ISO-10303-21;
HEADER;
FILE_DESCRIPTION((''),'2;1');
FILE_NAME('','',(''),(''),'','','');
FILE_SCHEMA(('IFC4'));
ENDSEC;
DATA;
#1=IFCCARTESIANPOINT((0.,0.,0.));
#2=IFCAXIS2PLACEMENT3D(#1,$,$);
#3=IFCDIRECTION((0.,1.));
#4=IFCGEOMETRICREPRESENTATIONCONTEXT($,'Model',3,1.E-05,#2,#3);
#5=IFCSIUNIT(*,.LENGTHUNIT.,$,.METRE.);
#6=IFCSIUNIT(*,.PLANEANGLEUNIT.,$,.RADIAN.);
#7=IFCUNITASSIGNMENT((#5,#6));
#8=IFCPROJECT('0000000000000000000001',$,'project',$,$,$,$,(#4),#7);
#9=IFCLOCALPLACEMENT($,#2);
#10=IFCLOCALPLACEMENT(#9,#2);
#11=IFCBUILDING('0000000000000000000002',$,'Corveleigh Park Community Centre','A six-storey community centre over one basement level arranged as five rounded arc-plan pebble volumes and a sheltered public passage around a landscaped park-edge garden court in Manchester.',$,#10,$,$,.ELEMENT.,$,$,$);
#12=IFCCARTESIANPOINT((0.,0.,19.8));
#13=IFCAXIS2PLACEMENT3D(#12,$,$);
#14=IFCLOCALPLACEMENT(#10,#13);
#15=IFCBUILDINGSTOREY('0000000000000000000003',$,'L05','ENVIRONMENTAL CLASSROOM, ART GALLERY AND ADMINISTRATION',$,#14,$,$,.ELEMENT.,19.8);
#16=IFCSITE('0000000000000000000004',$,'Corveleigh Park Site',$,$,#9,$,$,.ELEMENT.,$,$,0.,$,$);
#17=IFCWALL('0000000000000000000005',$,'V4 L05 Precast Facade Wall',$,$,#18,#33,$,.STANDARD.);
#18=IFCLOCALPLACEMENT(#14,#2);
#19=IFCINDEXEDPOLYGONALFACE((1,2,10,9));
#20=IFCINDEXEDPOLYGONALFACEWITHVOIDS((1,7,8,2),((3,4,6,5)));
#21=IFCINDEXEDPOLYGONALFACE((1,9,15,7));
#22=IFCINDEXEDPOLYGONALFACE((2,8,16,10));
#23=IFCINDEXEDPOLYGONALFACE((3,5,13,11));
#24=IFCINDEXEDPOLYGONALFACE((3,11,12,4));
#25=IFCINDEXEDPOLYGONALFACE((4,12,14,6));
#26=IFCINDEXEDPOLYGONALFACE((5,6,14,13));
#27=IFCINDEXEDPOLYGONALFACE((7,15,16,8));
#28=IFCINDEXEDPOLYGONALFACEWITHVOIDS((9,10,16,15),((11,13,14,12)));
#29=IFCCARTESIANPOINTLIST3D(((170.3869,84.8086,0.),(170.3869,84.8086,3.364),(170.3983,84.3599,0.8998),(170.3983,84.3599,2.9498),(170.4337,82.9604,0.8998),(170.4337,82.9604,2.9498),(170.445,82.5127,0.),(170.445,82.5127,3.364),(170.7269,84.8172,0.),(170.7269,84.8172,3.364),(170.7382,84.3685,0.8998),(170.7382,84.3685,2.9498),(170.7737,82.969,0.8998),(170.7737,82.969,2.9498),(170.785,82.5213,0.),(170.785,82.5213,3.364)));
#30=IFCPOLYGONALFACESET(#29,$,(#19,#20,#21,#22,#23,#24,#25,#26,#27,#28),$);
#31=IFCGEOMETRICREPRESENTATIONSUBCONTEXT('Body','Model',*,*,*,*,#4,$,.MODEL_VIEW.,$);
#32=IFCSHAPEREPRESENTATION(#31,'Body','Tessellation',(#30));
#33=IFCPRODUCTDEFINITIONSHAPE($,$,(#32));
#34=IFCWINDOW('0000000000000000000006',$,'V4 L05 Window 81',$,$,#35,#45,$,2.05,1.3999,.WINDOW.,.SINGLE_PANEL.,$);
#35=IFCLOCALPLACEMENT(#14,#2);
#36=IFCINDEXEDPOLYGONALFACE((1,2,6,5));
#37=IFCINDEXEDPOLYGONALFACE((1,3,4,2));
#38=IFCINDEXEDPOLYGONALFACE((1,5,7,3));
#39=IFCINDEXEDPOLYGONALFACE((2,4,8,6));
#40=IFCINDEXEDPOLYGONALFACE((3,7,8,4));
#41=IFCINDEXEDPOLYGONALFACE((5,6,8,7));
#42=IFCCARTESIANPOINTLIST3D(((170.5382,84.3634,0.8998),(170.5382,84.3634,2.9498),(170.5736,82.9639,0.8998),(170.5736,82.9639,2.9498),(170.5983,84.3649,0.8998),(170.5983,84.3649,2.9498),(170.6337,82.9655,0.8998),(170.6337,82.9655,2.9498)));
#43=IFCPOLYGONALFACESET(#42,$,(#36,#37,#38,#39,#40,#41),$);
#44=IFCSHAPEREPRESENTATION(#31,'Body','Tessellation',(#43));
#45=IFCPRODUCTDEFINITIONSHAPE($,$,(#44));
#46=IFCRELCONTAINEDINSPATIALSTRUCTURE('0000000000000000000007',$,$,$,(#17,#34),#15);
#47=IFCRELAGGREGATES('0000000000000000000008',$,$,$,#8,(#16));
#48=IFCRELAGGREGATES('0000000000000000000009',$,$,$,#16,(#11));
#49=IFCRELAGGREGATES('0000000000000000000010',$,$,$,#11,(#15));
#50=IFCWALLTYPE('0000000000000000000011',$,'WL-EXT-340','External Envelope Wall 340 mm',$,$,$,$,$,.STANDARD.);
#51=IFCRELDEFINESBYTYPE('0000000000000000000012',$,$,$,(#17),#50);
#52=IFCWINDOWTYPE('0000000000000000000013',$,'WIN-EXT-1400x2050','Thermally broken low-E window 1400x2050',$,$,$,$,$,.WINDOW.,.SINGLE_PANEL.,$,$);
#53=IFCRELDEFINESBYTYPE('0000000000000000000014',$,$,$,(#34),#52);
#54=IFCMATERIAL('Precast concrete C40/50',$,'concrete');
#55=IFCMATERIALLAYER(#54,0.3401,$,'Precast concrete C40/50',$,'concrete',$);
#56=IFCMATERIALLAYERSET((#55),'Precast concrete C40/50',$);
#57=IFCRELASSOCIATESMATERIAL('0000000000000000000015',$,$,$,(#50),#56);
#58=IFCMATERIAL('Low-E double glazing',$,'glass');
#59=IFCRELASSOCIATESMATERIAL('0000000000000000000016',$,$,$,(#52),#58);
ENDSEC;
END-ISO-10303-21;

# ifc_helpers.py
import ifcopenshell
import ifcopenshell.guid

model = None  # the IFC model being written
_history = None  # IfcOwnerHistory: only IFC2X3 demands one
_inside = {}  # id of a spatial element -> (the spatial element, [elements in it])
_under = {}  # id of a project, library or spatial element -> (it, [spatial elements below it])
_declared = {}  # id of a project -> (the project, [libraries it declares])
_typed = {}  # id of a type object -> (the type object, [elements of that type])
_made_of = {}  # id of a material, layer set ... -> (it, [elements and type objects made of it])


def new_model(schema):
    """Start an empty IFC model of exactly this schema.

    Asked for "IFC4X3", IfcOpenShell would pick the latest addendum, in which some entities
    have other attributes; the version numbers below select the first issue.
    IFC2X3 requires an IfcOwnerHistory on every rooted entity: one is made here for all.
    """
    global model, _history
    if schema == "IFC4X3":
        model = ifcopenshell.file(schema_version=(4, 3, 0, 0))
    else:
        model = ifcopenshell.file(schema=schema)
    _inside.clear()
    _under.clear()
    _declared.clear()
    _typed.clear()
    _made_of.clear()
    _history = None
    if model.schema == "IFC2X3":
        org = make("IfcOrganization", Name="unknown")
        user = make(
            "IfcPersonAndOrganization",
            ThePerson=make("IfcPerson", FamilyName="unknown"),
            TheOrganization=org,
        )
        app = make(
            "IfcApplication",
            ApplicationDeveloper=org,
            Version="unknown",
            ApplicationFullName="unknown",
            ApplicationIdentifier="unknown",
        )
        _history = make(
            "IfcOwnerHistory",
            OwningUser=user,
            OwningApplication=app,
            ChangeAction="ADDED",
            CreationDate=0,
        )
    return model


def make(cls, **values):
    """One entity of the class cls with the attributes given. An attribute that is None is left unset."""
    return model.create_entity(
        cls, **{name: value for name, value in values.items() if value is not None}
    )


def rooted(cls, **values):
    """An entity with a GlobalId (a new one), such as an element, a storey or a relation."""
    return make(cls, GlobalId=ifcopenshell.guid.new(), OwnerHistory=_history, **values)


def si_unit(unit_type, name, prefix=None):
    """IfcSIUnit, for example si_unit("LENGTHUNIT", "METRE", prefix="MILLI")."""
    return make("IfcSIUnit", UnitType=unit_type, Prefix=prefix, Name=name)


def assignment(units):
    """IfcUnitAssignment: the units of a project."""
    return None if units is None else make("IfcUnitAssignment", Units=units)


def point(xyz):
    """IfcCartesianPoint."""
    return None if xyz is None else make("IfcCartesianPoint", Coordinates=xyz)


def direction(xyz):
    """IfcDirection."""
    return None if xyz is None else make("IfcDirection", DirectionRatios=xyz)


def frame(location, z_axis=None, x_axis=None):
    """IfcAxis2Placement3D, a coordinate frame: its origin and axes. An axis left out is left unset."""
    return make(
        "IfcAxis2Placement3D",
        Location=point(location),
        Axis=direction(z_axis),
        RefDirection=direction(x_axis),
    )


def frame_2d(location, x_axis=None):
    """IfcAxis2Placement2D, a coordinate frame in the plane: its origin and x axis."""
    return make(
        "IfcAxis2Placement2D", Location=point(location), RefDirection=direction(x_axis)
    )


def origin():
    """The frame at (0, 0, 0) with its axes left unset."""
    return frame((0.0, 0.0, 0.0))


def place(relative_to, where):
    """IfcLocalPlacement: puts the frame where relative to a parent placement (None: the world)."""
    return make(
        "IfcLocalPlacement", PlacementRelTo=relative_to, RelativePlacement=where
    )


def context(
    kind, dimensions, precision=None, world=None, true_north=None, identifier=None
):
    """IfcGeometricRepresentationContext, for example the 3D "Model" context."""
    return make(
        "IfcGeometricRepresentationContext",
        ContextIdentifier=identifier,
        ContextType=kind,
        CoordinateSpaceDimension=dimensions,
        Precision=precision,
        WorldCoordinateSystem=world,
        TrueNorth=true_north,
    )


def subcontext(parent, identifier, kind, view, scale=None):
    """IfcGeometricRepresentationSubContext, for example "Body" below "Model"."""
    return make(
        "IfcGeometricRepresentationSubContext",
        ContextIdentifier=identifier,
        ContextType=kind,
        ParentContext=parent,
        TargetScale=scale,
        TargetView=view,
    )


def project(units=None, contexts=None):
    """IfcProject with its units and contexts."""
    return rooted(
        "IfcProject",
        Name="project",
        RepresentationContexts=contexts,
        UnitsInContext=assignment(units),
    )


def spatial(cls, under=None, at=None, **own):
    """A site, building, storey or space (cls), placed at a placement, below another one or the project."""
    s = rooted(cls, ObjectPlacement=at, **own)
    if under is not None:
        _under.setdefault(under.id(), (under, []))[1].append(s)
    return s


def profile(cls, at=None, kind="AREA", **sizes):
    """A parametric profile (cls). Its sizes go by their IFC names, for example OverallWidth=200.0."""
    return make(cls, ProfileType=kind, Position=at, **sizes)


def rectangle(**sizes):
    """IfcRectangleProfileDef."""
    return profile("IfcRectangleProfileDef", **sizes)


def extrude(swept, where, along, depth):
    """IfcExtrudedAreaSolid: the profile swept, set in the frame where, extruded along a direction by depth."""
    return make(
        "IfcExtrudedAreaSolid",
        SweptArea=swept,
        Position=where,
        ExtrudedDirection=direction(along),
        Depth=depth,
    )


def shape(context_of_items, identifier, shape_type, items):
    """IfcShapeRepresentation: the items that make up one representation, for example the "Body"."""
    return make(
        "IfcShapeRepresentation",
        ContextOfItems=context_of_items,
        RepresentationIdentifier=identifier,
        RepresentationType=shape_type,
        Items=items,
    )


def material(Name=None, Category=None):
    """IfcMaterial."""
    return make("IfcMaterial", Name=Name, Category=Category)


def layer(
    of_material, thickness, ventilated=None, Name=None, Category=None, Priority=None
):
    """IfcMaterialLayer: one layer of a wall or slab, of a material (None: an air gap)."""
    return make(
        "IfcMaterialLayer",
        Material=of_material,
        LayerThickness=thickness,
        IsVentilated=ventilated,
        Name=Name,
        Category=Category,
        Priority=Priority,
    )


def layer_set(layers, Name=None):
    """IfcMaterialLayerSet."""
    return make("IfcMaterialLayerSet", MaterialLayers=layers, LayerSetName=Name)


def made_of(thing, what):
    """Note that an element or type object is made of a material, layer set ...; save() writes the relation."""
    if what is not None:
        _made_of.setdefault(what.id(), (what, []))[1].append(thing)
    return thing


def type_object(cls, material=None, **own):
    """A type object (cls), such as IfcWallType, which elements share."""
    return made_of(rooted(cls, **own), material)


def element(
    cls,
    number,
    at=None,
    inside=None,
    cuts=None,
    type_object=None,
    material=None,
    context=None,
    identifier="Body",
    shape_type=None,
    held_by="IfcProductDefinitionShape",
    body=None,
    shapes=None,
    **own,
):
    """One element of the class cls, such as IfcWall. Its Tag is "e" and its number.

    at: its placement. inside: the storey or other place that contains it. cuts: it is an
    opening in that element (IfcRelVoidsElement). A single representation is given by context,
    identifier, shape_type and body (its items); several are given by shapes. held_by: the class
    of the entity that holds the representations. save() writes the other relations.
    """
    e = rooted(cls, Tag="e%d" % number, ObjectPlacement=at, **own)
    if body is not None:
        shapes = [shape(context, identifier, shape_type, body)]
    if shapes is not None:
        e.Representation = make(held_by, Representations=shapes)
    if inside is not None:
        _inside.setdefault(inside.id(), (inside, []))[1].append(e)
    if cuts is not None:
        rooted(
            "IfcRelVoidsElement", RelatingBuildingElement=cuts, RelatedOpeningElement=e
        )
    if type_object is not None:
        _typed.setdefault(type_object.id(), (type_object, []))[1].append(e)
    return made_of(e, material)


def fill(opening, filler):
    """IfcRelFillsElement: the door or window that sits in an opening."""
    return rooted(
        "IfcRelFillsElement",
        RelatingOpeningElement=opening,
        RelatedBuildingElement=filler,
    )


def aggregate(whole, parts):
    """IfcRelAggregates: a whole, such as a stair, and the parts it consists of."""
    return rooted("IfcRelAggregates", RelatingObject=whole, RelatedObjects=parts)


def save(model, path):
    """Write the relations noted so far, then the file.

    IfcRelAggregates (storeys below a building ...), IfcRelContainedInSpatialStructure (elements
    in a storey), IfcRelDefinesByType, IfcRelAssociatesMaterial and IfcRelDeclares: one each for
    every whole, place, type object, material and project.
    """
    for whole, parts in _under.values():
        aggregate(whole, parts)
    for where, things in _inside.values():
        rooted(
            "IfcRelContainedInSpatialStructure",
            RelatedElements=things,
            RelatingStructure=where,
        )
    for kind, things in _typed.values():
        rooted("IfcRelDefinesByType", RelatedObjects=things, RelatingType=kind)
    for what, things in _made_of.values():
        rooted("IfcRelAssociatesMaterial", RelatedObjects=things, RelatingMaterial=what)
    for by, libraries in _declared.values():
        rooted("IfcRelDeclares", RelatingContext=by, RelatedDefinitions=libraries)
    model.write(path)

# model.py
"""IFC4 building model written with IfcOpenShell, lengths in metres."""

from ifc_helpers import new_model, si_unit, direction, frame, frame_2d, origin, place, context, subcontext, project, spatial, rectangle, extrude, material, layer, layer_set, type_object, element, fill, save


model = new_model("IFC4")

# Units and contexts
model_context = context("Model", 3, precision=1e-05, world=origin(), true_north=direction((0.0, 1.0)))
body_context = subcontext(model_context, "Body", "Model", "MODEL_VIEW")
ifc_project = project(units=[si_unit("LENGTHUNIT", "METRE"), si_unit("PLANEANGLEUNIT", "RADIAN")], contexts=[model_context])

# Site, building, storey
site_placement = place(None, origin())
site = spatial("IfcSite", under=ifc_project, at=site_placement, Name="Corveleigh Park Site", CompositionType="ELEMENT", RefElevation=0.0)
building_placement = place(site_placement, origin())
building = spatial("IfcBuilding", under=site, at=building_placement, Name="Corveleigh Park Community Centre", Description="A six-storey community centre over one basement level arranged as five rounded arc-plan pebble volumes and a sheltered public passage around a landscaped park-edge garden court in Manchester.", CompositionType="ELEMENT")
storey_placement = place(building_placement, frame((0.0, 0.0, 19.8)))
storey = spatial("IfcBuildingStorey", under=building, at=storey_placement, Name="L05", Description="ENVIRONMENTAL CLASSROOM, ART GALLERY AND ADMINISTRATION", CompositionType="ELEMENT", Elevation=19.8)

# Shared definitions
ifc_material_1 = material(Name="Low-E double glazing", Category="glass")

# Wall, opening, window
ifc_material_2 = material(Name="Precast concrete C40/50", Category="concrete")
ifc_layer_1 = layer(ifc_material_2, 0.3401, Name="Precast concrete C40/50", Category="concrete")
ifc_layer_set_1 = layer_set([ifc_layer_1], Name="Precast concrete C40/50")
wall_type = type_object("IfcWallType", Name="WL-EXT-340", Description="External Envelope Wall 340 mm", PredefinedType="STANDARD", material=ifc_layer_set_1)
wall_placement = place(storey_placement, frame((170.5569, 84.813, 0.0), z_axis=(0.0, 0.0, 1.0), x_axis=(0.0253, -0.99968, 0.0)))
wall = element("IfcWall", 1, at=wall_placement, inside=storey, type_object=wall_type, Name="V4 L05 Precast Facade Wall", PredefinedType="STANDARD", context=body_context, shape_type="SweptSolid", body=[
    extrude(rectangle(XDim=2.2966, YDim=0.3401, at=frame_2d((1.1484, 0.0))), origin(), (0.0, 0.0, 1.0), 3.364),
])
opening_placement = place(wall_placement, frame((0.449, 0.0, 0.8999)))
opening = element("IfcOpeningElement", 2, at=opening_placement, cuts=wall, PredefinedType="OPENING", context=body_context, shape_type="SweptSolid", body=[
    extrude(rectangle(XDim=1.3999, YDim=2.05, at=frame_2d((0.7, 1.0249))), frame((0.0, 0.1799, 0.0), z_axis=(0.0, -1.0, 0.0), x_axis=(1.0, 0.0, 0.0)), (0.0, 0.0, 1.0), 0.3601),
])
window_type = type_object("IfcWindowType", Name="WIN-EXT-1400x2050", Description="Thermally broken low-E window 1400x2050", PartitioningType="SINGLE_PANEL", PredefinedType="WINDOW", material=ifc_material_1)
window_placement = place(opening_placement, origin())
window = element("IfcWindow", 3, at=window_placement, inside=storey, type_object=window_type, Name="V4 L05 Window 81", OverallHeight=2.05, OverallWidth=1.3999, PartitioningType="SINGLE_PANEL", PredefinedType="WINDOW", context=body_context, shape_type="SweptSolid", body=[
    extrude(rectangle(XDim=1.3999, YDim=2.05, at=frame_2d((0.7, 1.0249))), frame((0.0, 0.03, 0.0), z_axis=(0.0, -1.0, 0.0), x_axis=(1.0, 0.0, 0.0)), (0.0, 0.0, 1.0), 0.0601),
])
fill(opening, window)

save(model, "model.ifc")
